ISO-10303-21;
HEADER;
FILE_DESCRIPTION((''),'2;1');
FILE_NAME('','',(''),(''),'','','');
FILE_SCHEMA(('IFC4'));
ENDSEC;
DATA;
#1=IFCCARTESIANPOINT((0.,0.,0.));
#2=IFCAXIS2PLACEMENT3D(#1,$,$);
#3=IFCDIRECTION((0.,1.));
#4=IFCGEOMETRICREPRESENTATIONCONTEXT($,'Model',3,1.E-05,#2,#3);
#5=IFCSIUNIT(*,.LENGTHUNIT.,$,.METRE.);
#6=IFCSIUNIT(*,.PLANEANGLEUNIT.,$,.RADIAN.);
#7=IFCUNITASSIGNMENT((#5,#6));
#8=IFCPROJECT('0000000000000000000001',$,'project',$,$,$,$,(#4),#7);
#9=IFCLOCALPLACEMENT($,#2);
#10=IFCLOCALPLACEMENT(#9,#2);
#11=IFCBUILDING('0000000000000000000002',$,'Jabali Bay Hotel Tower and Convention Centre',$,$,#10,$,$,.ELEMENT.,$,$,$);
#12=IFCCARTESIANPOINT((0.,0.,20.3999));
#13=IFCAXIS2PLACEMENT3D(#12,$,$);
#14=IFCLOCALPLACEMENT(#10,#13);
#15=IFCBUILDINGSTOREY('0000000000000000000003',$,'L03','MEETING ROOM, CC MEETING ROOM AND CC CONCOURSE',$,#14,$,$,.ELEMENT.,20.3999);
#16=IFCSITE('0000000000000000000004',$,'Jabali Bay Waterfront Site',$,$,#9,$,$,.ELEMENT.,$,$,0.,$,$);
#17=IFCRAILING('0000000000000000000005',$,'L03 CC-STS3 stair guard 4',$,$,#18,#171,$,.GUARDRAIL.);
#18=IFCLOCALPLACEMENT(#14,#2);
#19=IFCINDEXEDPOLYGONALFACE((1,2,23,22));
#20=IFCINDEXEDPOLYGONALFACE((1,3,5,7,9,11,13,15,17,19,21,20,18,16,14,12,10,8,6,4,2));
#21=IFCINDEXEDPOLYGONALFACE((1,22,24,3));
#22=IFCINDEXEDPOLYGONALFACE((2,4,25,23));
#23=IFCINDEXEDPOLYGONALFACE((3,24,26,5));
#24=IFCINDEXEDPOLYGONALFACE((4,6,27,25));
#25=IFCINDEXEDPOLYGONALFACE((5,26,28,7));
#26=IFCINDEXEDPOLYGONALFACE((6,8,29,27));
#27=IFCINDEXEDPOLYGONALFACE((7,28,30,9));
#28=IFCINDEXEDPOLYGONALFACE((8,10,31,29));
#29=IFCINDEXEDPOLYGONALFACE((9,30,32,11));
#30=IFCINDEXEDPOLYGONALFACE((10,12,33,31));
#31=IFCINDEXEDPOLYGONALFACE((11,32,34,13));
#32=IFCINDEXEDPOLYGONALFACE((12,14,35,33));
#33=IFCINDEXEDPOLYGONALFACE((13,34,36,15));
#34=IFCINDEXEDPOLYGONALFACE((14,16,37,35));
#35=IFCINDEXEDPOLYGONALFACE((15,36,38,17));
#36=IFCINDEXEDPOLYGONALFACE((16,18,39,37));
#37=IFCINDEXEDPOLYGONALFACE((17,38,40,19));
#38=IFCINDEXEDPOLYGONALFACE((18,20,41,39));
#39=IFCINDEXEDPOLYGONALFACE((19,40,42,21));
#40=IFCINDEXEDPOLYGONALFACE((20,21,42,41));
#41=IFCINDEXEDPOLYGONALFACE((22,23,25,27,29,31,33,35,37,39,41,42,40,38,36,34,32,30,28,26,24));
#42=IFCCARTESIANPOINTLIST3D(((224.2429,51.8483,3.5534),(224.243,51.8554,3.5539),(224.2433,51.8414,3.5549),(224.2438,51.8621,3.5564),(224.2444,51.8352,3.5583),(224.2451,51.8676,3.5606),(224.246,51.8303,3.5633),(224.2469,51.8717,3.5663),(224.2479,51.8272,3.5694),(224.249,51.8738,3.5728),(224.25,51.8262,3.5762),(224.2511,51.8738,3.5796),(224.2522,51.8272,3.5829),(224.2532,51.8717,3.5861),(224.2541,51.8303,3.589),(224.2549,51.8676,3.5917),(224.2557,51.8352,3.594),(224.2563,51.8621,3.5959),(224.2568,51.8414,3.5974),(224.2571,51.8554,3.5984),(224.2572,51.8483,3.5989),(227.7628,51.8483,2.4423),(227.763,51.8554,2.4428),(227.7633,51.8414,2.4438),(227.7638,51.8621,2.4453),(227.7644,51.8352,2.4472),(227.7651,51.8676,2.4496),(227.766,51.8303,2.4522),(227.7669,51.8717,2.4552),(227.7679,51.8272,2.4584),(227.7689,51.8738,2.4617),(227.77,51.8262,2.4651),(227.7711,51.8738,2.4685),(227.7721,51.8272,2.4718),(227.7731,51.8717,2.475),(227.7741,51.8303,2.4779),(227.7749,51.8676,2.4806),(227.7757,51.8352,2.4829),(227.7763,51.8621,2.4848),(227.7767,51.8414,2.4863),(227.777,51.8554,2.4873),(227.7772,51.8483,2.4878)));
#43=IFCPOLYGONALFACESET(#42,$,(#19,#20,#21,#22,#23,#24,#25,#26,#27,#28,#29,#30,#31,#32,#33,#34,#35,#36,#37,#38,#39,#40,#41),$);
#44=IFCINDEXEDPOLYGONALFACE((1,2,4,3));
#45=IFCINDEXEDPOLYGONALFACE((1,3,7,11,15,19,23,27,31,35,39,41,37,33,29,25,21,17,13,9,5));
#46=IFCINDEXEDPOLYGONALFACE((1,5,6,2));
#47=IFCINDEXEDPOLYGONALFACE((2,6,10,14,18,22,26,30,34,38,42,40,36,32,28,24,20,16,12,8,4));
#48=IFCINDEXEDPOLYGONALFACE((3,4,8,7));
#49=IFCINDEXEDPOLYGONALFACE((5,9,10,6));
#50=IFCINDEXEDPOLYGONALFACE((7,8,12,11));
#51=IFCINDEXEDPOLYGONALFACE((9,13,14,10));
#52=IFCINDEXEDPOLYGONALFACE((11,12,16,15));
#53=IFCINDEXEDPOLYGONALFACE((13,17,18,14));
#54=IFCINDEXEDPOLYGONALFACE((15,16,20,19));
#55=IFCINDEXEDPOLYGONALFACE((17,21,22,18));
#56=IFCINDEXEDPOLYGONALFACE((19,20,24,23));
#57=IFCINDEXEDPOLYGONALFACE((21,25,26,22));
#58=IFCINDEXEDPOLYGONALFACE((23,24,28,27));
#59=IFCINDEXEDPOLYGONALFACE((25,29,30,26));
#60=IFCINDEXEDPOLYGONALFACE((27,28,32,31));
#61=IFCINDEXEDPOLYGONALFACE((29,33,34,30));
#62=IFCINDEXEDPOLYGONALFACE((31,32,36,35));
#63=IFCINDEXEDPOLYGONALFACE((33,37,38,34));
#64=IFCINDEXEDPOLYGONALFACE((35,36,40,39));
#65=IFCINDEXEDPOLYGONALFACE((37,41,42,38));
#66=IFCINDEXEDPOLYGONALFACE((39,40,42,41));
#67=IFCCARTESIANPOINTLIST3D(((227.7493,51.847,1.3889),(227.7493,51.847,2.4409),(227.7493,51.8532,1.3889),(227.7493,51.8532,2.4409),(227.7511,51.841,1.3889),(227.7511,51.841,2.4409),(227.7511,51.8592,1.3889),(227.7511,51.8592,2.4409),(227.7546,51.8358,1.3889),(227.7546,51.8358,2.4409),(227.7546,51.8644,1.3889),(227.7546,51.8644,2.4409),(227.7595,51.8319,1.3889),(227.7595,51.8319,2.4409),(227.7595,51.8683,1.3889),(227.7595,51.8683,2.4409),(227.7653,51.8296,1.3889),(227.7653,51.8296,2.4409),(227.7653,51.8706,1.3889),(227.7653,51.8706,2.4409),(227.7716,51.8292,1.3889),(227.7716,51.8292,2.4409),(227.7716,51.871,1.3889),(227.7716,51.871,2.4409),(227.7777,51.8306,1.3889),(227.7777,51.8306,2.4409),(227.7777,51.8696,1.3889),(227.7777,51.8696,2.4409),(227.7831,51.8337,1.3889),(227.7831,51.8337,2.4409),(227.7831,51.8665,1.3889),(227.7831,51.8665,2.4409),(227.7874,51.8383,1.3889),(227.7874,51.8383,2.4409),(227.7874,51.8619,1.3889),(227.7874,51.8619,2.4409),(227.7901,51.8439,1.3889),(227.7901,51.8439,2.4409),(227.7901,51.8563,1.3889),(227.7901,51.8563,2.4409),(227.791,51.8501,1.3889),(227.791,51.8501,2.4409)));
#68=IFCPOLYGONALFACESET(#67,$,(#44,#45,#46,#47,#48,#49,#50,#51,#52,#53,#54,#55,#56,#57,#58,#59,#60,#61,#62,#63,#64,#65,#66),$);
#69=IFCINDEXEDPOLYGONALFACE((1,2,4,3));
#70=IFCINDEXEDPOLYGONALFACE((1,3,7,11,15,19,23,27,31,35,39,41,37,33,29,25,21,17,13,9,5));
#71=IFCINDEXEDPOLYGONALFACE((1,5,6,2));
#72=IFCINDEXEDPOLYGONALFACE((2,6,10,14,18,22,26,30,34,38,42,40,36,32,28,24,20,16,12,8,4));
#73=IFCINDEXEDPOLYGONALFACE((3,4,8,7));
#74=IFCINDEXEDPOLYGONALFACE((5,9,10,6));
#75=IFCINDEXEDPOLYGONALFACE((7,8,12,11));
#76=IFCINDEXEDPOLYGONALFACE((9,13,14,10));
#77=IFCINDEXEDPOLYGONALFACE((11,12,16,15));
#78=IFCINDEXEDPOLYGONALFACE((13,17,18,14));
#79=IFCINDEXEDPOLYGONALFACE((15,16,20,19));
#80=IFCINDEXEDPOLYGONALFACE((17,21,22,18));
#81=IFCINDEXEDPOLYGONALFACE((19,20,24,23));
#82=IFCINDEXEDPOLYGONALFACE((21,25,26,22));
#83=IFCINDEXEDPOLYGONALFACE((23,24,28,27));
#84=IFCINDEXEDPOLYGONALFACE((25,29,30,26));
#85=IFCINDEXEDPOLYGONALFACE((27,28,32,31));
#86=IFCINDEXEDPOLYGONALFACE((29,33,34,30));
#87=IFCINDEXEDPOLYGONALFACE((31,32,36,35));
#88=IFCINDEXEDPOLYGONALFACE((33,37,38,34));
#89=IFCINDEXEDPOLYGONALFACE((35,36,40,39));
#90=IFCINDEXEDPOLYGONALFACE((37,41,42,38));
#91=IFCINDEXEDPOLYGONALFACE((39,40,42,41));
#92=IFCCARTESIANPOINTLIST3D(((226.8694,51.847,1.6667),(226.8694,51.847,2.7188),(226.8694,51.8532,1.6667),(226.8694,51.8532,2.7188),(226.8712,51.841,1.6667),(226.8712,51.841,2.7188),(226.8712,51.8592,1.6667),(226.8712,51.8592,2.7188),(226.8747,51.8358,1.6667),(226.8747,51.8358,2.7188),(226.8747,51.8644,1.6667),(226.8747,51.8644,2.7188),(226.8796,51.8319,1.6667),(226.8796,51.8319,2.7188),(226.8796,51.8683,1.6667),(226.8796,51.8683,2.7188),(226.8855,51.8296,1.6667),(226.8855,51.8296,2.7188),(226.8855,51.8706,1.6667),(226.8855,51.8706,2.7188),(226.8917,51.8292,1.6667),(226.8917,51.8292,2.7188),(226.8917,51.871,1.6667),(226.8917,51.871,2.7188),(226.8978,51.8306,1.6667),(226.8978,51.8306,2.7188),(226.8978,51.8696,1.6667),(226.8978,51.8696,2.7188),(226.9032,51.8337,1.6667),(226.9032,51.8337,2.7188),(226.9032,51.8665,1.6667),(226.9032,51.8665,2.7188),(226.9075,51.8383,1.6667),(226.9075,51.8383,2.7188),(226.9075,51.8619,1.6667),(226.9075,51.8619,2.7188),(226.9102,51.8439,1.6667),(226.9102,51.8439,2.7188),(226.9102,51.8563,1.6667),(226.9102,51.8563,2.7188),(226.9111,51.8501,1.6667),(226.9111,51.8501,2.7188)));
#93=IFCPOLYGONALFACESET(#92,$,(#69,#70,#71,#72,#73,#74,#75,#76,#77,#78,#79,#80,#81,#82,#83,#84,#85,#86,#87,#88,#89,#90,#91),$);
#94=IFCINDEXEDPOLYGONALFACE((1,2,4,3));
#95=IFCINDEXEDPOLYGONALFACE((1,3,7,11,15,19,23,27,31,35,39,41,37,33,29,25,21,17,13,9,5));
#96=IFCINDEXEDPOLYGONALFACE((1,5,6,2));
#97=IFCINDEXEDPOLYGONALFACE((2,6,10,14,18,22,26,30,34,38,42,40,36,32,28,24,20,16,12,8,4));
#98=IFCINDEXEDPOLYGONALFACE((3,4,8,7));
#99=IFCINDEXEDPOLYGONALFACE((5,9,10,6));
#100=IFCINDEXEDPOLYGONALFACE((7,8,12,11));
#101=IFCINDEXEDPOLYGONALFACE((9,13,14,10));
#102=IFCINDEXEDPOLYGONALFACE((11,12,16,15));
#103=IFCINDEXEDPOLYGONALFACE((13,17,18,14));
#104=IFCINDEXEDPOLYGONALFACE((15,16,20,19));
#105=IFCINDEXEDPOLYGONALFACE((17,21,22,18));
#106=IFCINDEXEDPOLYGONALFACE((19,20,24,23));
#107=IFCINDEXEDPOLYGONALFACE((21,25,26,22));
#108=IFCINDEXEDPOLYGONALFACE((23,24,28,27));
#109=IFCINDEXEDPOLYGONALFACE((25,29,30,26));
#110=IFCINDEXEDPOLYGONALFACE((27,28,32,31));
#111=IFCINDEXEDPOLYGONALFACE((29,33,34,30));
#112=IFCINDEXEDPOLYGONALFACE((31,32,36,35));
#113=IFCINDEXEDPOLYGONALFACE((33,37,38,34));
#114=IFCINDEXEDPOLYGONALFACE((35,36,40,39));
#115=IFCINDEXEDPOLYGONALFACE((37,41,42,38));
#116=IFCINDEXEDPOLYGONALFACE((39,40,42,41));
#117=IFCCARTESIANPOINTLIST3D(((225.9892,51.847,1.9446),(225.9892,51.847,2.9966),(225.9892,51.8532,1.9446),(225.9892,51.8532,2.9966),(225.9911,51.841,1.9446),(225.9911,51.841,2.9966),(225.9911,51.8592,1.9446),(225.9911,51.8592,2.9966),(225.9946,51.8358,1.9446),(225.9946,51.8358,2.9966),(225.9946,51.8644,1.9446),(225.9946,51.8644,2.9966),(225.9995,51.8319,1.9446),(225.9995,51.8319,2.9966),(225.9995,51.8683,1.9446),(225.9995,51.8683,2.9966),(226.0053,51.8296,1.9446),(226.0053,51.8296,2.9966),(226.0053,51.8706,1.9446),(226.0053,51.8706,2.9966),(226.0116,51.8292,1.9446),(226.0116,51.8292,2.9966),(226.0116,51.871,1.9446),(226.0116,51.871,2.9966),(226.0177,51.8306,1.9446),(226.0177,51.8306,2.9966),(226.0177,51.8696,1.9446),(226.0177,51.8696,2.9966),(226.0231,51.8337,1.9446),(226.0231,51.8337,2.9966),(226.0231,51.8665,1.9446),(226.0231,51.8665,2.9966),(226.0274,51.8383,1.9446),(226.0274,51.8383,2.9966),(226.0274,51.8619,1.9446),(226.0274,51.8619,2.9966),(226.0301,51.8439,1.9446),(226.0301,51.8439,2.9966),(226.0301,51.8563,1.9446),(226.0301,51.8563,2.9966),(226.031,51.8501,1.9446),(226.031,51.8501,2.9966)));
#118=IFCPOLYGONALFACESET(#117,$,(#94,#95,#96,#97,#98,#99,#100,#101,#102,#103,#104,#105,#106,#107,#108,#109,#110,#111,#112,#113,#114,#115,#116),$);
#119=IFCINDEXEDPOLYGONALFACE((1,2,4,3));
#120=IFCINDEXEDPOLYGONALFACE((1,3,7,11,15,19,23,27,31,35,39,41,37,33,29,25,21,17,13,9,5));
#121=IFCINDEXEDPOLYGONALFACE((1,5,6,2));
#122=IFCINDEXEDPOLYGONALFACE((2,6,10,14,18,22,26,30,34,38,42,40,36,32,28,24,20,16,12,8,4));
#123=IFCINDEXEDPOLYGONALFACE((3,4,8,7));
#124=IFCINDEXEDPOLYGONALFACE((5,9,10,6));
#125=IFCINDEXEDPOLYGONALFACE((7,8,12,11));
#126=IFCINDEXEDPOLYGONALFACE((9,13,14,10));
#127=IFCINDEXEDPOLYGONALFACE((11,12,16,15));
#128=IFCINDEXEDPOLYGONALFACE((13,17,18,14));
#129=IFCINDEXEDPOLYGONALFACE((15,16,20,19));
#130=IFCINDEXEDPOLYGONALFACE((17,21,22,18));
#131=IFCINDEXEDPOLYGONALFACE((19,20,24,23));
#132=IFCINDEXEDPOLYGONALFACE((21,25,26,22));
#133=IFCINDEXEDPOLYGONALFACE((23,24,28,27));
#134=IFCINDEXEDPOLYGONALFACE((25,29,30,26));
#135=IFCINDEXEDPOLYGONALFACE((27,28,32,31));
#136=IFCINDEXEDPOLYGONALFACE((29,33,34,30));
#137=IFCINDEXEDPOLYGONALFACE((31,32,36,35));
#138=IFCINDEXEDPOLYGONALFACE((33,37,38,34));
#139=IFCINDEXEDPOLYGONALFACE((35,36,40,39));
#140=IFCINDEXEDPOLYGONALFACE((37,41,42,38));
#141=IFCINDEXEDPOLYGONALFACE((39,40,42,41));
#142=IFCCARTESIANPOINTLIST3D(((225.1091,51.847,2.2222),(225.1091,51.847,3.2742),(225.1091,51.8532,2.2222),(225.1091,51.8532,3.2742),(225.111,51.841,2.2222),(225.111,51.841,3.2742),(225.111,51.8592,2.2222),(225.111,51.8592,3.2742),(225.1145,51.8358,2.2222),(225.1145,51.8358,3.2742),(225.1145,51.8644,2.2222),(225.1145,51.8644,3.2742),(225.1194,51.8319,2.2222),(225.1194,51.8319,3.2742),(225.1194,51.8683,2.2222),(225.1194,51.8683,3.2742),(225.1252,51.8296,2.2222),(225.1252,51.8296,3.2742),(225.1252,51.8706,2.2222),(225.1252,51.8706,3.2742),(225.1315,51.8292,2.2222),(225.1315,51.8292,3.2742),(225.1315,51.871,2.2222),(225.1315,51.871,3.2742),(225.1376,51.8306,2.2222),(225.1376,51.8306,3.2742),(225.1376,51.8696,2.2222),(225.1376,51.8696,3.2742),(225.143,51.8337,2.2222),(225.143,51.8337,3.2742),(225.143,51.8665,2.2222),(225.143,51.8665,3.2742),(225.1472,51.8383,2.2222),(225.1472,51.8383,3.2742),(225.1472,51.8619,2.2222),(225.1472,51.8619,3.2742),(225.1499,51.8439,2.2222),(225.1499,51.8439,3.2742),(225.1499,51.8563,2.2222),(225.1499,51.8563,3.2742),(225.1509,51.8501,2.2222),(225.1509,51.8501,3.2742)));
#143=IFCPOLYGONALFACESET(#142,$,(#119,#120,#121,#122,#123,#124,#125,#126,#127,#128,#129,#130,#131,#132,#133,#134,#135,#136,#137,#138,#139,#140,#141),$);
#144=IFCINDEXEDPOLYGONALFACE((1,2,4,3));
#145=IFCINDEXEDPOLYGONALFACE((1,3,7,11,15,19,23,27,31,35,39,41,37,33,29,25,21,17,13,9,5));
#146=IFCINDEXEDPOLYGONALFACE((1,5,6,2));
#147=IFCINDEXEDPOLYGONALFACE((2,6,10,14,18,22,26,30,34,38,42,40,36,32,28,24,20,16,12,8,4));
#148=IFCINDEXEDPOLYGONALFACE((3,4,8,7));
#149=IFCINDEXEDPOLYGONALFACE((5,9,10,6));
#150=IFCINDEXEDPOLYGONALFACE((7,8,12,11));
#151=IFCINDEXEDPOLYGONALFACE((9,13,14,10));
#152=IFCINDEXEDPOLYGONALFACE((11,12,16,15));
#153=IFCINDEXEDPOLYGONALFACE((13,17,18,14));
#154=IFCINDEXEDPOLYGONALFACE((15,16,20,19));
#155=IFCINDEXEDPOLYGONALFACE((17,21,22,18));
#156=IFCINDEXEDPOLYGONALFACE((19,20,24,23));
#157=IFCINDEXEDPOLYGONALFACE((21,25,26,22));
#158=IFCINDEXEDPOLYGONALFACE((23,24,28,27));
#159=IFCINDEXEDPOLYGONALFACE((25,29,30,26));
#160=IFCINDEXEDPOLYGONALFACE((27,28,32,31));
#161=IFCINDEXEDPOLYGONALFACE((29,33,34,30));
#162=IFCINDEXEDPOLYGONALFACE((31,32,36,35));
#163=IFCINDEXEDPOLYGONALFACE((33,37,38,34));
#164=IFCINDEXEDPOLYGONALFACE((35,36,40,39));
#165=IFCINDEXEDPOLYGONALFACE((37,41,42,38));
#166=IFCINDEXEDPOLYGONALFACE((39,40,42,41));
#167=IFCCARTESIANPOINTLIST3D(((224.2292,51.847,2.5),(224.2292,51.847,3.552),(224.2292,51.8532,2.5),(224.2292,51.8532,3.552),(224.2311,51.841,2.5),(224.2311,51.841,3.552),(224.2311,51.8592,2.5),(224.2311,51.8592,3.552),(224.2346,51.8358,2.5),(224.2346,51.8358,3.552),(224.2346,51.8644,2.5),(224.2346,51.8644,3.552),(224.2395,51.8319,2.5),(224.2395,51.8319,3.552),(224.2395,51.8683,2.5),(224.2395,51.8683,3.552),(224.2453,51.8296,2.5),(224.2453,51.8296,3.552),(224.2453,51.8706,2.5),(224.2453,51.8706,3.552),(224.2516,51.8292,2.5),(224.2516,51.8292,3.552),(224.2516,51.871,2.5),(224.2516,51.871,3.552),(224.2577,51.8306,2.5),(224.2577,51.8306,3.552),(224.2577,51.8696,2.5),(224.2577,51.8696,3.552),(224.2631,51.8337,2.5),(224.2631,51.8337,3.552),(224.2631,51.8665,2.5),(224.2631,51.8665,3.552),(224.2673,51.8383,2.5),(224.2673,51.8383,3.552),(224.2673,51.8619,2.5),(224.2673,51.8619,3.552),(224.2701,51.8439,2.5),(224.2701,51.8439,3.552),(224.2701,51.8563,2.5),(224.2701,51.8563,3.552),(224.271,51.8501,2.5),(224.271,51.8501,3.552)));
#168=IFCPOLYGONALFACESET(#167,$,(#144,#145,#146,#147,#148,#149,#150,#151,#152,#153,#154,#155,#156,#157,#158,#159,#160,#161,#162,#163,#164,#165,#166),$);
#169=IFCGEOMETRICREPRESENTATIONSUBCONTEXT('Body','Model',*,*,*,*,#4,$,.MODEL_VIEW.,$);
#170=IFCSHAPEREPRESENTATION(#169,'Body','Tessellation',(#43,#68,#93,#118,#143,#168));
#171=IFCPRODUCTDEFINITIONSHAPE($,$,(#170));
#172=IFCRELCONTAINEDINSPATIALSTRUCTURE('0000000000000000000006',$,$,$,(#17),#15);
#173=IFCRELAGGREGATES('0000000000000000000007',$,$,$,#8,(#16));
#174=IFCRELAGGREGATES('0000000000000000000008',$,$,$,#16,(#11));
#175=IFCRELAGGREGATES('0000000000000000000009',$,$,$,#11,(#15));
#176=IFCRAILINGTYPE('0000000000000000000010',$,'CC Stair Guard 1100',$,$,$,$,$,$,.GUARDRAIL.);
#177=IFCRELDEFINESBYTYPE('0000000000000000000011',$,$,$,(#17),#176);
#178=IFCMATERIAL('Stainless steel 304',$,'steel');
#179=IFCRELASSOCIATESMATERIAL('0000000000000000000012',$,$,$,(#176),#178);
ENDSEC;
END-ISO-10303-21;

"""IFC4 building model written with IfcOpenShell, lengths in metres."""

from ifc_helpers import new_model, si_unit, direction, frame, origin, origin_2d, place, context, subcontext, project, spatial, circle, extrude, material, type_object, element, save


model = new_model("IFC4")

# Units and contexts
model_context = context("Model", 3, precision=1e-05, world=origin(), true_north=direction((0.0, 1.0)))
body_context = subcontext(model_context, "Body", "Model", "MODEL_VIEW")
ifc_project = project(units=[si_unit("LENGTHUNIT", "METRE"), si_unit("PLANEANGLEUNIT", "RADIAN")], contexts=[model_context])

# Site, building, storey
site_placement = place(None, origin())
site = spatial("IfcSite", under=ifc_project, at=site_placement, Name="Jabali Bay Waterfront Site", CompositionType="ELEMENT", RefElevation=0.0)
building_placement = place(site_placement, origin())
building = spatial("IfcBuilding", under=site, at=building_placement, Name="Jabali Bay Hotel Tower and Convention Centre", CompositionType="ELEMENT")
storey_placement = place(building_placement, frame((0.0, 0.0, 20.3999)))
storey = spatial("IfcBuildingStorey", under=building, at=storey_placement, Name="L03", Description="MEETING ROOM, CC MEETING ROOM AND CC CONCOURSE", CompositionType="ELEMENT", Elevation=20.3999)

# Railing
ifc_material_1 = material(Name="Stainless steel 304", Category="steel")
railing_type_1 = type_object("IfcRailingType", Name="CC Stair Guard 1100", PredefinedType="GUARDRAIL", material=ifc_material_1)
railing_1_placement = place(storey_placement, frame((227.77, 51.8501, 1.3889)))
element("IfcRailing", 1, at=railing_1_placement, inside=storey, type_object=railing_type_1, Name="L03 CC-STS3 stair guard 4", PredefinedType="GUARDRAIL", context=body_context, shape_type="SweptSolid", body=[
    extrude(circle(Radius=0.0239, at=origin_2d()), frame((0.0, 0.0, 1.0762), z_axis=(-0.953622, 0.0, 0.301008), x_axis=(0.0, -1.0, 0.0)), (0.0, 0.0, 1.0), 3.6912),
    extrude(circle(Radius=0.021, at=origin_2d()), origin(), (0.0, 0.0, 1.0), 1.052),
    extrude(circle(Radius=0.021, at=origin_2d()), frame((-0.8799, 0.0, 0.2778)), (0.0, 0.0, 1.0), 1.052),
    extrude(circle(Radius=0.021, at=origin_2d()), frame((-1.76, 0.0, 0.5557)), (0.0, 0.0, 1.0), 1.052),
    extrude(circle(Radius=0.021, at=origin_2d()), frame((-2.6401, 0.0, 0.8333)), (0.0, 0.0, 1.0), 1.052),
    extrude(circle(Radius=0.021, at=origin_2d()), frame((-3.52, 0.0, 1.1111)), (0.0, 0.0, 1.0), 1.052),
])

save(model, "model.ifc")
